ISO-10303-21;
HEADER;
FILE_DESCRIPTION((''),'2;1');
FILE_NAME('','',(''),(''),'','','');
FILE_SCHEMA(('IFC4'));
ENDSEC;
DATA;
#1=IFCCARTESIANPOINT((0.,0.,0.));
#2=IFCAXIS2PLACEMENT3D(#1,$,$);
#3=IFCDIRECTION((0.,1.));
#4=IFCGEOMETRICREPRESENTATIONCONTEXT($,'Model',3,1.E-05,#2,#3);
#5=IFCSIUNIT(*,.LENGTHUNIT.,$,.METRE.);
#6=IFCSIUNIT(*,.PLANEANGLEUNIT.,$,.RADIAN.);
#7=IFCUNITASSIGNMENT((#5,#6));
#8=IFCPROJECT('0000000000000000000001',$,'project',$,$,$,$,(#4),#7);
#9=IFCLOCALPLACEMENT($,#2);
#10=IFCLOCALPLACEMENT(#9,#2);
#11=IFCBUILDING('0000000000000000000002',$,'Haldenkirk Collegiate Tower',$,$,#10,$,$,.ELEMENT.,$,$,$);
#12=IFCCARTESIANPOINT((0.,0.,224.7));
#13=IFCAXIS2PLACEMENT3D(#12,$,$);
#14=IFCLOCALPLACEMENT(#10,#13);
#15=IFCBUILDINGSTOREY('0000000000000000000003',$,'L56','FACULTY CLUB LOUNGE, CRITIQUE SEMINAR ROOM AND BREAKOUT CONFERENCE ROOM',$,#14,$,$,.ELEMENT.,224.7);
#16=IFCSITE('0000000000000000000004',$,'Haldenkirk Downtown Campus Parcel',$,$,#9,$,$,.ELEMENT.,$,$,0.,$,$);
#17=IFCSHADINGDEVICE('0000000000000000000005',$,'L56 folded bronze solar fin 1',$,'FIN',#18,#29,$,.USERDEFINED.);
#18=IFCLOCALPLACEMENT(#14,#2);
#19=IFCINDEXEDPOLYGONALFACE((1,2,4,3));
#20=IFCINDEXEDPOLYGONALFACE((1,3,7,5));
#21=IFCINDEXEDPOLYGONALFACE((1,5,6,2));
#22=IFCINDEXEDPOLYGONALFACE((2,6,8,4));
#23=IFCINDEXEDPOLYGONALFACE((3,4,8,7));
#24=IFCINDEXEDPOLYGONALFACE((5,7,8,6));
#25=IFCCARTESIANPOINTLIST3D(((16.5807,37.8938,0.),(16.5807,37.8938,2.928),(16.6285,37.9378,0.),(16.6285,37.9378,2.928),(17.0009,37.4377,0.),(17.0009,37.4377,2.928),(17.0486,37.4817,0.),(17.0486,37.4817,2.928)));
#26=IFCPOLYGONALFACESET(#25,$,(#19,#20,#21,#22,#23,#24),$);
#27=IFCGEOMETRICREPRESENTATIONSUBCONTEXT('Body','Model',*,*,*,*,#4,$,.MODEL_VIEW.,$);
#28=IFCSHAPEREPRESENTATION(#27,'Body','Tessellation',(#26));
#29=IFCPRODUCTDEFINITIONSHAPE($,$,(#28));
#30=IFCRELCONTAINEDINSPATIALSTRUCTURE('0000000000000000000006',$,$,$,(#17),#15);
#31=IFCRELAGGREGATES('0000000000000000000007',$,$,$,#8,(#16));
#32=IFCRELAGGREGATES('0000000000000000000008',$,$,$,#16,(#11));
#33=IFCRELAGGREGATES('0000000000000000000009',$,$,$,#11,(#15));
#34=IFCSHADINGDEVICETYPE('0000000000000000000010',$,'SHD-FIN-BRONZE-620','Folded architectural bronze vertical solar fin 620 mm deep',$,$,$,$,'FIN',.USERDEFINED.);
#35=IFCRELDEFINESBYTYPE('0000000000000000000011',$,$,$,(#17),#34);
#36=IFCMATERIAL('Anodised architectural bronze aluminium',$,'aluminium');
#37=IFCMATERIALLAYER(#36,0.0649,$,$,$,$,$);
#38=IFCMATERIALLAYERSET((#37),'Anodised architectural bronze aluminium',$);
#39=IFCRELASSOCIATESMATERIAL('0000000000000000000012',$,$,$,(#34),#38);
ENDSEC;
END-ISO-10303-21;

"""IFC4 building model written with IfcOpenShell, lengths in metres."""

from ifc_helpers import new_model, si_unit, direction, frame, origin, origin_2d, place, context, subcontext, project, spatial, rectangle, extrude, source, transform, mapped, material, layer, layer_set, type_object, element, save


model = new_model("IFC4")

# Units and contexts
model_context = context("Model", 3, precision=1e-05, world=origin(), true_north=direction((0.0, 1.0)))
body_context = subcontext(model_context, "Body", "Model", "MODEL_VIEW")
ifc_project = project(units=[si_unit("LENGTHUNIT", "METRE"), si_unit("PLANEANGLEUNIT", "RADIAN")], contexts=[model_context])

# Site, building, storey
site_placement = place(None, origin())
site = spatial("IfcSite", under=ifc_project, at=site_placement, Name="Haldenkirk Downtown Campus Parcel", CompositionType="ELEMENT", RefElevation=0.0)
building_placement = place(site_placement, origin())
building = spatial("IfcBuilding", under=site, at=building_placement, Name="Haldenkirk Collegiate Tower", CompositionType="ELEMENT")
storey_placement = place(building_placement, frame((0.0, 0.0, 224.7)))
storey = spatial("IfcBuildingStorey", under=building, at=storey_placement, Name="L56", Description="FACULTY CLUB LOUNGE, CRITIQUE SEMINAR ROOM AND BREAKOUT CONFERENCE ROOM", CompositionType="ELEMENT", Elevation=224.7)

# Shared definitions
ifc_material_1 = material(Name="Anodised architectural bronze aluminium", Category="aluminium")

# Shading device
ifc_layer_1 = layer(ifc_material_1, 0.0649)
ifc_layer_set_1 = layer_set([ifc_layer_1], Name="Anodised architectural bronze aluminium")
shading_device_type = type_object("IfcShadingDeviceType", Name="SHD-FIN-BRONZE-620", Description="Folded architectural bronze vertical solar fin 620 mm deep", ElementType="FIN", PredefinedType="USERDEFINED", material=ifc_layer_set_1)
shared_shape_1 = source(origin(), body_context, "Body", "SweptSolid", [
    extrude(rectangle(XDim=0.6201, YDim=0.0649, at=origin_2d()), origin(), (0.0, 0.0, 1.0), 2.928),
])
shading_device_placement = place(storey_placement, frame((16.8147, 37.6877, 0.0), z_axis=(0.0, 0.0, 1.0), x_axis=(-0.677518, 0.735506, 0.0)))
element("IfcShadingDevice", 1, at=shading_device_placement, inside=storey, type_object=shading_device_type, Name="L56 folded bronze solar fin 1", ObjectType="FIN", PredefinedType="USERDEFINED", context=body_context, shape_type="MappedRepresentation", body=[
    mapped(shared_shape_1, transform((0.0, 0.0, 0.0), x_axis=(1.0, 0.0, 0.0), y_axis=(0.0, 1.0, 0.0), z_axis=(0.0, 0.0, 1.0), scale=1.0)),
])

save(model, "model.ifc")
